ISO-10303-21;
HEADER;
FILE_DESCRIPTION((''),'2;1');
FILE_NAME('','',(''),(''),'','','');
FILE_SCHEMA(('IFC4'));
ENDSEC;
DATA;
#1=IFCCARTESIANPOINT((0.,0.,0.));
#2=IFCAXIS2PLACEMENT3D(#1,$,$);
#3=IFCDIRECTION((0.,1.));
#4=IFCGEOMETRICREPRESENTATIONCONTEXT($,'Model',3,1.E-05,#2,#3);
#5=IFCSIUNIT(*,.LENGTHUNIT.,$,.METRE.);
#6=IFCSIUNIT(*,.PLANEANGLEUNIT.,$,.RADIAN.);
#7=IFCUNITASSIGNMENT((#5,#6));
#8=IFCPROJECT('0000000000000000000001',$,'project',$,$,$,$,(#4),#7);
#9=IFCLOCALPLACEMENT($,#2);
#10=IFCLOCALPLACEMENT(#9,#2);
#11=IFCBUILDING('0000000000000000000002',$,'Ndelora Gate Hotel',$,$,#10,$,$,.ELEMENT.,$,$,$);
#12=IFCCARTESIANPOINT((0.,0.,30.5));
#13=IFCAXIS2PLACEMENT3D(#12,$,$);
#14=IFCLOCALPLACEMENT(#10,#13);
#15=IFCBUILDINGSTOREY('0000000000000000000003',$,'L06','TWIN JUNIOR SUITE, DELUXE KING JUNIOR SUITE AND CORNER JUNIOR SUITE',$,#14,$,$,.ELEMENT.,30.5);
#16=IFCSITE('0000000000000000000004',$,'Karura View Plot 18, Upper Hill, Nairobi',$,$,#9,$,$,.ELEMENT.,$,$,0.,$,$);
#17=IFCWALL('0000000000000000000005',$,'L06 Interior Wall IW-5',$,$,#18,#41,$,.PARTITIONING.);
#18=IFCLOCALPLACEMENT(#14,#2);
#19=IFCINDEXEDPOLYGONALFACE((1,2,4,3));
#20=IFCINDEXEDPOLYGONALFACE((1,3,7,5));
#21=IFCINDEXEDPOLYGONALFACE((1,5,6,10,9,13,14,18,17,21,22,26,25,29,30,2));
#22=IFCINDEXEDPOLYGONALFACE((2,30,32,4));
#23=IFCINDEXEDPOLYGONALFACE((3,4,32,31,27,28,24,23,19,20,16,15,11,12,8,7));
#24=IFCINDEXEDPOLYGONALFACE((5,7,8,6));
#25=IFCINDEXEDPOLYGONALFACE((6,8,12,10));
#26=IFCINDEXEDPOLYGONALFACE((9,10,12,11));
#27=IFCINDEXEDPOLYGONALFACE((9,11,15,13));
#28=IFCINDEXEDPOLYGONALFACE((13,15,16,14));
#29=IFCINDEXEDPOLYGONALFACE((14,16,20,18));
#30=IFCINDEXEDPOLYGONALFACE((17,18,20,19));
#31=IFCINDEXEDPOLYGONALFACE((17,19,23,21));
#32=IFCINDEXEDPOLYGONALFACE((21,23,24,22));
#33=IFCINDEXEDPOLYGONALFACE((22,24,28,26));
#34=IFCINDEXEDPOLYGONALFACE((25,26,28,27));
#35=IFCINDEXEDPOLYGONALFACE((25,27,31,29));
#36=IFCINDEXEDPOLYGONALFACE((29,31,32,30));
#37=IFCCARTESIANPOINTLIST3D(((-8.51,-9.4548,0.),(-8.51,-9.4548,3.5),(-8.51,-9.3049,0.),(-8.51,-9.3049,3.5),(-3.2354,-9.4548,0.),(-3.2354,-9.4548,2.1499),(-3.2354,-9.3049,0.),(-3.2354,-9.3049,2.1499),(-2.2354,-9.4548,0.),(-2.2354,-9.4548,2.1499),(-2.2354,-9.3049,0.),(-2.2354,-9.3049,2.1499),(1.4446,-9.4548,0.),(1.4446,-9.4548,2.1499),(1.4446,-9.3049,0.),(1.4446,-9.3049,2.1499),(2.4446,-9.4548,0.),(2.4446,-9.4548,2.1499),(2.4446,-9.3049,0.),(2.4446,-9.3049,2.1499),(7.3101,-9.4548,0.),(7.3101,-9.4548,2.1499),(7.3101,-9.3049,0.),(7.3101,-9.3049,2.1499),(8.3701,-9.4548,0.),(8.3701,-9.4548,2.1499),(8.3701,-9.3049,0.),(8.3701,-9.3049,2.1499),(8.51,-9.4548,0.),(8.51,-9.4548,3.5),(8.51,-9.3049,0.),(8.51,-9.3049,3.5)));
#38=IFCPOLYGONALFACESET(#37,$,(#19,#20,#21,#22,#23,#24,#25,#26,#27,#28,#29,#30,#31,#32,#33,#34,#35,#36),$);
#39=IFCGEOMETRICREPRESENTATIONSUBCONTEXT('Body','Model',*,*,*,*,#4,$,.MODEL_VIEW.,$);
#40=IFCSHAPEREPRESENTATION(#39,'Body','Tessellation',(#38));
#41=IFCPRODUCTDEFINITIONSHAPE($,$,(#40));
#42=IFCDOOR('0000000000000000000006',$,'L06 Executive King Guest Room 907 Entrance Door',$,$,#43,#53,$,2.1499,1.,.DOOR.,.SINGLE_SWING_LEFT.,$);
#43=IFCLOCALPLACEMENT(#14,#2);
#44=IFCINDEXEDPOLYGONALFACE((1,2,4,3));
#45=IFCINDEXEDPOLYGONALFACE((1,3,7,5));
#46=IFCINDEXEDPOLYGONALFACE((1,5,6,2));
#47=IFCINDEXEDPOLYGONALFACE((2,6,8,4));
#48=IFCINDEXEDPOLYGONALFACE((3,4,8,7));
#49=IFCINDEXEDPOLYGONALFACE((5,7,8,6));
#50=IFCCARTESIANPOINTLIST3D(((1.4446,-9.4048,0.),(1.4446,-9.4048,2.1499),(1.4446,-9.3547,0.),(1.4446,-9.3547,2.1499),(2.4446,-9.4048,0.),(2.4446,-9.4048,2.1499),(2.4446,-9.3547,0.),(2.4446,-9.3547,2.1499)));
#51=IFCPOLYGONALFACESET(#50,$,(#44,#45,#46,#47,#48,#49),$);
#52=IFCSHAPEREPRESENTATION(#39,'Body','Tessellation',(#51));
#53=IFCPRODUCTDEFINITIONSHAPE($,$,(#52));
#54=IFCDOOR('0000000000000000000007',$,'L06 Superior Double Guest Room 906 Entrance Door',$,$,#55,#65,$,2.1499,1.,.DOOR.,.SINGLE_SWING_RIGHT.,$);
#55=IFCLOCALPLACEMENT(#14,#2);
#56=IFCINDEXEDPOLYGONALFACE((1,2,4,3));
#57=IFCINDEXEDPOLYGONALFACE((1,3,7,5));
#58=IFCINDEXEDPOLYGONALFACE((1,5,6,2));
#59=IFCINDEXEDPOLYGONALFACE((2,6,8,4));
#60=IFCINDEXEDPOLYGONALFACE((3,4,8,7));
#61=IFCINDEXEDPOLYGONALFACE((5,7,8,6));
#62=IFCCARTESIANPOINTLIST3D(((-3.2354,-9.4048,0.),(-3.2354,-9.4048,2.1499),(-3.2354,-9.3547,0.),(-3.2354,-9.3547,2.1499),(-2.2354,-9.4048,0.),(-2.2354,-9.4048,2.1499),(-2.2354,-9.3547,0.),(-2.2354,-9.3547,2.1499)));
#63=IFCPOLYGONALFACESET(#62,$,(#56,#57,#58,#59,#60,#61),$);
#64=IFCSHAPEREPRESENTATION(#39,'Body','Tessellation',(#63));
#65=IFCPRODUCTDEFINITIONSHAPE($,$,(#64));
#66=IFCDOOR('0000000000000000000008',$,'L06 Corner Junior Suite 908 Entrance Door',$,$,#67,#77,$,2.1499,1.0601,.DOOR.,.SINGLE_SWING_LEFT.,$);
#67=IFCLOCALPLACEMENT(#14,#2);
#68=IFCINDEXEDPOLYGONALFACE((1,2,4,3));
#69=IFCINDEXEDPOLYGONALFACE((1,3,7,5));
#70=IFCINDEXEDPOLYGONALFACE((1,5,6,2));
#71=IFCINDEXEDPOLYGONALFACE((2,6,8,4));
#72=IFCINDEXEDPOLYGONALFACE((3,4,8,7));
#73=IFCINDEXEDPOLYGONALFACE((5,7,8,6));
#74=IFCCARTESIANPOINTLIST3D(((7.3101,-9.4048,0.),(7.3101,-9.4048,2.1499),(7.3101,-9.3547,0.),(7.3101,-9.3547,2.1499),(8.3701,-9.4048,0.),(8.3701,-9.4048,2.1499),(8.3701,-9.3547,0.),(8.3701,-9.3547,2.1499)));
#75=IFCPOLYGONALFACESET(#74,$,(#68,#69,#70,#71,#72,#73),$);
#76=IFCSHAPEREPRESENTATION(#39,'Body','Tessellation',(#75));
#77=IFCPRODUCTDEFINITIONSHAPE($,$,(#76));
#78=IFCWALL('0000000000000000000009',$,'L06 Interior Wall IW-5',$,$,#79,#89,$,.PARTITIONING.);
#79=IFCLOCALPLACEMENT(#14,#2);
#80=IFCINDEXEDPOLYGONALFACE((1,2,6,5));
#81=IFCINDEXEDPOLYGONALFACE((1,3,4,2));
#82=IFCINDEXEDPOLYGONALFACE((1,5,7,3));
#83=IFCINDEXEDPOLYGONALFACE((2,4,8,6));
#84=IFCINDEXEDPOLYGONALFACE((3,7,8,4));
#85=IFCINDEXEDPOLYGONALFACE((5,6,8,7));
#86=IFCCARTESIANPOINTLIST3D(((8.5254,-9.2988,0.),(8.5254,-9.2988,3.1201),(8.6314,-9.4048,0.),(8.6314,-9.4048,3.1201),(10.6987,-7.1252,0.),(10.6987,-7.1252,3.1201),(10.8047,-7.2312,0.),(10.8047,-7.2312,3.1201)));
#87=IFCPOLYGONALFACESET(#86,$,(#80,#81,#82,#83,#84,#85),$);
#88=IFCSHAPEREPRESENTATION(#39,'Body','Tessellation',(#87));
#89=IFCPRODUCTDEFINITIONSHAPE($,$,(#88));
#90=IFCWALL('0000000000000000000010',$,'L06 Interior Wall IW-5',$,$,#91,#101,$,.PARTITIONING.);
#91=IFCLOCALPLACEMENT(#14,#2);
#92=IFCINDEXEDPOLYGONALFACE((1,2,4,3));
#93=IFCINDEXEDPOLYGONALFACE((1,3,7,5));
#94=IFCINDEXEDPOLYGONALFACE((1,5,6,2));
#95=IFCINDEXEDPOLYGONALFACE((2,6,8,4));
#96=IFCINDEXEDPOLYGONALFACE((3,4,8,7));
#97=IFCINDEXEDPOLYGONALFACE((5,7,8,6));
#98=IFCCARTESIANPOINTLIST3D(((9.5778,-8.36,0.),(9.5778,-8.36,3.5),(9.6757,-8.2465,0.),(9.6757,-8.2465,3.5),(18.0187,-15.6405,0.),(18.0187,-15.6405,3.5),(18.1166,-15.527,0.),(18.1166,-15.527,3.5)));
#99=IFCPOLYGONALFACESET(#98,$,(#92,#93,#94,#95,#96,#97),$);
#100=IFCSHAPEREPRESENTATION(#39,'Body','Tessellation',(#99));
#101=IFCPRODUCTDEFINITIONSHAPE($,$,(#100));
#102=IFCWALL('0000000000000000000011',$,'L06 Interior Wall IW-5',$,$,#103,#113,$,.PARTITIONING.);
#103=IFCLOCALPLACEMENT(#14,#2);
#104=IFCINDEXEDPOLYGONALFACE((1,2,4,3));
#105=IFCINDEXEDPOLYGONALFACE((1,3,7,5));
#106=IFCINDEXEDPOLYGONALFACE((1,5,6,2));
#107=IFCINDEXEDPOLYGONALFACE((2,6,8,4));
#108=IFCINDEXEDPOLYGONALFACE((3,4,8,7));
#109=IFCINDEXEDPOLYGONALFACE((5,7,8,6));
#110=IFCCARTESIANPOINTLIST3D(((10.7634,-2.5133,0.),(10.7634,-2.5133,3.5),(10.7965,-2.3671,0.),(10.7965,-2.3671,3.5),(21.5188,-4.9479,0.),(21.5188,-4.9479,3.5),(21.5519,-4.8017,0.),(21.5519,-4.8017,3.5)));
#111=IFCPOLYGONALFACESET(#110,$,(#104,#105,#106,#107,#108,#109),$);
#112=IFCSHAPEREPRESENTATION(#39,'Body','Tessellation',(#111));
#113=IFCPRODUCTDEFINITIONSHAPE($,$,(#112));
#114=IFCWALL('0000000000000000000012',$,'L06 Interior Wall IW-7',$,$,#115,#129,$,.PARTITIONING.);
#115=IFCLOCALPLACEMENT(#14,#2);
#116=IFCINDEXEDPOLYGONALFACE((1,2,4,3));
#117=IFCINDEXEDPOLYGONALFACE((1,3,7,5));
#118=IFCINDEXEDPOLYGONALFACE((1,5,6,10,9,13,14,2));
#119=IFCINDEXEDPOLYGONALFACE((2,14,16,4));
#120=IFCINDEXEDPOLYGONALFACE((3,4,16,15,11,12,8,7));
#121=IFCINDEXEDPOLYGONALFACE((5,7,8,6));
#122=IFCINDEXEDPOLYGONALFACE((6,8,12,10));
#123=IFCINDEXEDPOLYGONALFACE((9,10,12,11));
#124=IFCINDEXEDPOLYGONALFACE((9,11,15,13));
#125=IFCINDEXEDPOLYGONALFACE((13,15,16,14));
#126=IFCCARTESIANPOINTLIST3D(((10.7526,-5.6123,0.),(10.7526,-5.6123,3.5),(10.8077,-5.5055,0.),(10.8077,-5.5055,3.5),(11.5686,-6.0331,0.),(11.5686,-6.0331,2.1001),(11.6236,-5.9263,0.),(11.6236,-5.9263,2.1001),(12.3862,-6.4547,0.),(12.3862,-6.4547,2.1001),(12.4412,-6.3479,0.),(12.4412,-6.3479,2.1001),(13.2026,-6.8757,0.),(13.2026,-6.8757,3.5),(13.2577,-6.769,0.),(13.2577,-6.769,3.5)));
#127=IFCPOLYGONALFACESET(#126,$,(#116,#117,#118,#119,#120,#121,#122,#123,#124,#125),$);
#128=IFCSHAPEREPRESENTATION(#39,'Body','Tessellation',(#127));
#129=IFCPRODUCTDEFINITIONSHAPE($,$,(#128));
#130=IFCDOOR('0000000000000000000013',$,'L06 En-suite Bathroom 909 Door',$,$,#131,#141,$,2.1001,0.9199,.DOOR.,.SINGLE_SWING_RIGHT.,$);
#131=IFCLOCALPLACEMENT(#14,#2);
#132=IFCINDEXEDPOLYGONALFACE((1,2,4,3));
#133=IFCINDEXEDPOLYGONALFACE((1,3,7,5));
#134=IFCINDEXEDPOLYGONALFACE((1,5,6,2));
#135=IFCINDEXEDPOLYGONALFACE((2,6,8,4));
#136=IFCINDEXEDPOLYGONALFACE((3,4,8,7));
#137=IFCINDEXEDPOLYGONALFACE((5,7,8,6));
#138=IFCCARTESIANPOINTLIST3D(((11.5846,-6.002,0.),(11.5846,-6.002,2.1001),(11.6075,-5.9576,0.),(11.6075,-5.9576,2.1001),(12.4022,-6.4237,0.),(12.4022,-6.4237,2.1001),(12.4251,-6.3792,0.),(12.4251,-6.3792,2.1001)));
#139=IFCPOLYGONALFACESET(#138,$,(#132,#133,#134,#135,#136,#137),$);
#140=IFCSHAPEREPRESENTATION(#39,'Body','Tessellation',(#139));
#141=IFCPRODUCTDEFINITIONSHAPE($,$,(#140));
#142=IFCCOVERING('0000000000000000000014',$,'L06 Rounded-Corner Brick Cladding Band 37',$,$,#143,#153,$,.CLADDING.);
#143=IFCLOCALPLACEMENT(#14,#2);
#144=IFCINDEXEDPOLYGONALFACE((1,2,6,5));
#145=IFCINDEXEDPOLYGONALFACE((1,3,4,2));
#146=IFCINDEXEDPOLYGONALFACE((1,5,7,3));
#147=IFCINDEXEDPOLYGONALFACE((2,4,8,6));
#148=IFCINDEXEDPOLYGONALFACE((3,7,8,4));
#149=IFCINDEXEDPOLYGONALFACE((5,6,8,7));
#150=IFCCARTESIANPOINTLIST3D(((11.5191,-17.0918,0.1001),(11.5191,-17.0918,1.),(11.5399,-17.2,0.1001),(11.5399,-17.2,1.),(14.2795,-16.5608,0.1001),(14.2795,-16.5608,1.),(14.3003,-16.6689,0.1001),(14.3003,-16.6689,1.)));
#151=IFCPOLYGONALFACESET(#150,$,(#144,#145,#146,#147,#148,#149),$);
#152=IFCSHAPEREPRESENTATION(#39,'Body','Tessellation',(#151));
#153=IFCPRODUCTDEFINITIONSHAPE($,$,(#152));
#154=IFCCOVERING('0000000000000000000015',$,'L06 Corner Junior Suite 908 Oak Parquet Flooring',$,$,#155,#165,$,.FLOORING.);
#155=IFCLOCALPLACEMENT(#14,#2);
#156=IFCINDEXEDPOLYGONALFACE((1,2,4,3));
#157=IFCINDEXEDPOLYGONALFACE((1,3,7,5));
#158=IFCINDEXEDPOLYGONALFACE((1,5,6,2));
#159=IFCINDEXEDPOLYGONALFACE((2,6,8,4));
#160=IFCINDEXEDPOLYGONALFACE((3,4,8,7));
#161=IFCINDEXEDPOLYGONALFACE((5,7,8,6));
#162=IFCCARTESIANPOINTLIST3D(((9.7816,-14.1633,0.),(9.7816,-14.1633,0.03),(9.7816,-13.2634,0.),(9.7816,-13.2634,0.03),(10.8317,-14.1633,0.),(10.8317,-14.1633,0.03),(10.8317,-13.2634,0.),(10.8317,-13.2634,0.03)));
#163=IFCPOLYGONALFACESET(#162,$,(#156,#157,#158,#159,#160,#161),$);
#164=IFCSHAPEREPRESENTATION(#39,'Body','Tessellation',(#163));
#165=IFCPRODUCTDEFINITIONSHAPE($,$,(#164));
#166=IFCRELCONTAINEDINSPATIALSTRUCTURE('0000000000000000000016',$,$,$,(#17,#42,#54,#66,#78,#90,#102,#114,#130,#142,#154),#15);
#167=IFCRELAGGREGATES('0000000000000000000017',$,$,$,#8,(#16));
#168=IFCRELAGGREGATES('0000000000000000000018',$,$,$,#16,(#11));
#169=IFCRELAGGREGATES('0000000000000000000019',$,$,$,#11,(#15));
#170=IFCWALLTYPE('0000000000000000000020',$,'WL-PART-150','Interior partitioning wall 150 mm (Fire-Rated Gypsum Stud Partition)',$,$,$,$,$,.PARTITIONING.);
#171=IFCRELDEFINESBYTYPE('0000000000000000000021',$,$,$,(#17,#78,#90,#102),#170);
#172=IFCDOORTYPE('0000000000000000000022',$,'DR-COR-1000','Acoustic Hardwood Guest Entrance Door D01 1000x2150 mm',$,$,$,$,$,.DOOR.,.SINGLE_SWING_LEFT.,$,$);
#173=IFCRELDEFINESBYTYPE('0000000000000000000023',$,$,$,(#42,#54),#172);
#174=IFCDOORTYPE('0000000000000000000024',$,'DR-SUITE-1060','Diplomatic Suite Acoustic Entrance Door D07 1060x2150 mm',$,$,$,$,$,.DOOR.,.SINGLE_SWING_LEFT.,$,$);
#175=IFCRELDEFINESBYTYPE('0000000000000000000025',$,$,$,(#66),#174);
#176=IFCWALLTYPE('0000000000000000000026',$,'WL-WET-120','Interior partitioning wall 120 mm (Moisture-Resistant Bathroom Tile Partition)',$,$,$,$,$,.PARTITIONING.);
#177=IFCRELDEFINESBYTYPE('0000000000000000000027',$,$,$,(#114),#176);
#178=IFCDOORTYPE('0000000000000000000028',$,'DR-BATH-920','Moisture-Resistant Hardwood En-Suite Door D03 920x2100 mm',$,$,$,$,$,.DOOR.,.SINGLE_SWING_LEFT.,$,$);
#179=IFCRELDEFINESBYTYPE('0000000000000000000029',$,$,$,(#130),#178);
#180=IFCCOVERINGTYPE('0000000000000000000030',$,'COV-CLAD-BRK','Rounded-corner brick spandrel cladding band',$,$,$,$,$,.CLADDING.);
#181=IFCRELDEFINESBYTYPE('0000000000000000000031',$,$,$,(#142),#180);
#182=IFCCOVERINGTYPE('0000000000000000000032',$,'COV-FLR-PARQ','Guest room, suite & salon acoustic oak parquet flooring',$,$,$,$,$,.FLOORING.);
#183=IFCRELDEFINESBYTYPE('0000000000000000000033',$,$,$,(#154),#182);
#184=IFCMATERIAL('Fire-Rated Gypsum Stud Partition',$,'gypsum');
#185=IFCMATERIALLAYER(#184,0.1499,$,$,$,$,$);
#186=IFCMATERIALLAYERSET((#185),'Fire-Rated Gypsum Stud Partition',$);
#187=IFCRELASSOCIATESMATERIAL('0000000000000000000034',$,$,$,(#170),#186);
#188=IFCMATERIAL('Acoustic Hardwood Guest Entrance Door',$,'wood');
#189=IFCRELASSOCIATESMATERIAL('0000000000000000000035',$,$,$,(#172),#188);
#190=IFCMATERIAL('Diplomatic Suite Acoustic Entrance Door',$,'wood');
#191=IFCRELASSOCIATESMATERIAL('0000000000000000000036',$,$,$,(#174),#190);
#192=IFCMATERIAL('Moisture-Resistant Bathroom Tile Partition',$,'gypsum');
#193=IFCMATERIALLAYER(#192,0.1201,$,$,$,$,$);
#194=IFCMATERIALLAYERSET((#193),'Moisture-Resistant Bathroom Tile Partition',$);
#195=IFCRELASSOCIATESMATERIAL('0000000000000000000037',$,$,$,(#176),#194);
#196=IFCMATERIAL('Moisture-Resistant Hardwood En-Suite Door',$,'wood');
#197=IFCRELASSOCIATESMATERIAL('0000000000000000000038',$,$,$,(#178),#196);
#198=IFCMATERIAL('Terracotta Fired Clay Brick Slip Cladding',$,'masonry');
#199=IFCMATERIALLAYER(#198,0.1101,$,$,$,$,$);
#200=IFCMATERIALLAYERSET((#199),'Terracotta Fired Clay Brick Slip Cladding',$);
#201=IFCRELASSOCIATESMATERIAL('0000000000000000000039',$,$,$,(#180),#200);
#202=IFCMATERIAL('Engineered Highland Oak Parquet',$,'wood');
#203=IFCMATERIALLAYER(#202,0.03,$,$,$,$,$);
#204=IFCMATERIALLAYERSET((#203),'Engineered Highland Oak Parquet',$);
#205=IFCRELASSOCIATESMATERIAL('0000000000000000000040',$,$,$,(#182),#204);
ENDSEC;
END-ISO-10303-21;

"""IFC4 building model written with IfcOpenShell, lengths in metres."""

from ifc_helpers import new_model, si_unit, direction, frame, frame_2d, origin, origin_2d, place, context, subcontext, project, spatial, rectangle, extrude, material, layer, layer_set, type_object, element, fill, save


model = new_model("IFC4")

# Units and contexts
model_context = context("Model", 3, precision=1e-05, world=origin(), true_north=direction((0.0, 1.0)))
body_context = subcontext(model_context, "Body", "Model", "MODEL_VIEW")
ifc_project = project(units=[si_unit("LENGTHUNIT", "METRE"), si_unit("PLANEANGLEUNIT", "RADIAN")], contexts=[model_context])

# Site, building, storey
site_placement = place(None, origin())
site = spatial("IfcSite", under=ifc_project, at=site_placement, Name="Karura View Plot 18, Upper Hill, Nairobi", CompositionType="ELEMENT", RefElevation=0.0)
building_placement = place(site_placement, origin())
building = spatial("IfcBuilding", under=site, at=building_placement, Name="Ndelora Gate Hotel", CompositionType="ELEMENT")
storey_placement = place(building_placement, frame((0.0, 0.0, 30.5)))
storey = spatial("IfcBuildingStorey", under=building, at=storey_placement, Name="L06", Description="TWIN JUNIOR SUITE, DELUXE KING JUNIOR SUITE AND CORNER JUNIOR SUITE", CompositionType="ELEMENT", Elevation=30.5)

# Wall, openings, doors
ifc_material_1 = material(Name="Fire-Rated Gypsum Stud Partition", Category="gypsum")
ifc_layer_1 = layer(ifc_material_1, 0.1499)
ifc_layer_set_1 = layer_set([ifc_layer_1], Name="Fire-Rated Gypsum Stud Partition")
wall_type_1 = type_object("IfcWallType", Name="WL-PART-150", Description="Interior partitioning wall 150 mm (Fire-Rated Gypsum Stud Partition)", PredefinedType="PARTITIONING", material=ifc_layer_set_1)
wall_1_placement = place(storey_placement, frame((8.51, -9.3799, 0.0), z_axis=(0.0, 0.0, 1.0), x_axis=(-1.0, 0.0, 0.0)))
wall_1 = element("IfcWall", 1, at=wall_1_placement, inside=storey, type_object=wall_type_1, Name="L06 Interior Wall IW-5", PredefinedType="PARTITIONING", context=body_context, shape_type="SweptSolid", body=[
    extrude(rectangle(XDim=17.02, YDim=0.1499, at=frame_2d((8.51, 0.0))), origin(), (0.0, 0.0, 1.0), 3.5),
])
opening_1_placement = place(wall_1_placement, frame((6.0654, 0.0, 0.0)))
opening_1 = element("IfcOpeningElement", 2, at=opening_1_placement, cuts=wall_1, PredefinedType="OPENING", context=body_context, shape_type="SweptSolid", body=[
    extrude(rectangle(XDim=1.0, YDim=2.1499, at=frame_2d((0.5, 1.075))), frame((0.0, 0.085, 0.0), z_axis=(0.0, -1.0, 0.0), x_axis=(1.0, 0.0, 0.0)), (0.0, 0.0, 1.0), 0.1699),
])
opening_2_placement = place(wall_1_placement, frame((10.7454, 0.0, 0.0)))
opening_2 = element("IfcOpeningElement", 3, at=opening_2_placement, cuts=wall_1, PredefinedType="OPENING", context=body_context, shape_type="SweptSolid", body=[
    extrude(rectangle(XDim=1.0, YDim=2.1499, at=frame_2d((0.5, 1.075))), frame((0.0, 0.085, 0.0), z_axis=(0.0, -1.0, 0.0), x_axis=(1.0, 0.0, 0.0)), (0.0, 0.0, 1.0), 0.1699),
])
opening_3_placement = place(wall_1_placement, frame((0.1399, 0.0, 0.0)))
opening_3 = element("IfcOpeningElement", 4, at=opening_3_placement, cuts=wall_1, PredefinedType="OPENING", context=body_context, shape_type="SweptSolid", body=[
    extrude(rectangle(XDim=1.0601, YDim=2.1499, at=frame_2d((0.53, 1.075))), frame((0.0, 0.085, 0.0), z_axis=(0.0, -1.0, 0.0), x_axis=(1.0, 0.0, 0.0)), (0.0, 0.0, 1.0), 0.1699),
])
ifc_material_2 = material(Name="Acoustic Hardwood Guest Entrance Door", Category="wood")
door_type_1 = type_object("IfcDoorType", Name="DR-COR-1000", Description="Acoustic Hardwood Guest Entrance Door D01 1000x2150 mm", OperationType="SINGLE_SWING_LEFT", PredefinedType="DOOR", material=ifc_material_2)
door_1_placement = place(opening_1_placement, origin())
door_1 = element("IfcDoor", 5, at=door_1_placement, inside=storey, type_object=door_type_1, Name="L06 Executive King Guest Room 907 Entrance Door", OperationType="SINGLE_SWING_LEFT", OverallHeight=2.1499, OverallWidth=1.0, PredefinedType="DOOR", context=body_context, shape_type="SweptSolid", body=[
    extrude(rectangle(XDim=1.0, YDim=2.1499, at=frame_2d((0.5, 1.075))), frame((0.0, 0.0249, 0.0), z_axis=(0.0, -1.0, 0.0), x_axis=(1.0, 0.0, 0.0)), (0.0, 0.0, 1.0), 0.05),
])
fill(opening_1, door_1)
door_2_placement = place(opening_2_placement, origin())
door_2 = element("IfcDoor", 6, at=door_2_placement, inside=storey, type_object=door_type_1, Name="L06 Superior Double Guest Room 906 Entrance Door", OperationType="SINGLE_SWING_RIGHT", OverallHeight=2.1499, OverallWidth=1.0, PredefinedType="DOOR", context=body_context, shape_type="SweptSolid", body=[
    extrude(rectangle(XDim=1.0, YDim=2.1499, at=frame_2d((0.5, 1.075))), frame((0.0, 0.0249, 0.0), z_axis=(0.0, -1.0, 0.0), x_axis=(1.0, 0.0, 0.0)), (0.0, 0.0, 1.0), 0.05),
])
fill(opening_2, door_2)
ifc_material_3 = material(Name="Diplomatic Suite Acoustic Entrance Door", Category="wood")
door_type_2 = type_object("IfcDoorType", Name="DR-SUITE-1060", Description="Diplomatic Suite Acoustic Entrance Door D07 1060x2150 mm", OperationType="SINGLE_SWING_LEFT", PredefinedType="DOOR", material=ifc_material_3)
door_3_placement = place(opening_3_placement, origin())
door_3 = element("IfcDoor", 7, at=door_3_placement, inside=storey, type_object=door_type_2, Name="L06 Corner Junior Suite 908 Entrance Door", OperationType="SINGLE_SWING_LEFT", OverallHeight=2.1499, OverallWidth=1.0601, PredefinedType="DOOR", context=body_context, shape_type="SweptSolid", body=[
    extrude(rectangle(XDim=1.0601, YDim=2.1499, at=frame_2d((0.53, 1.075))), frame((0.0, 0.0249, 0.0), z_axis=(0.0, -1.0, 0.0), x_axis=(1.0, 0.0, 0.0)), (0.0, 0.0, 1.0), 0.05),
])
fill(opening_3, door_3)

# Walls
wall_2_placement = place(storey_placement, frame((10.7517, -7.1782, 0.0), z_axis=(0.0, 0.0, 1.0), x_axis=(-0.707067, -0.707146, 0.0)))
element("IfcWall", 8, at=wall_2_placement, inside=storey, type_object=wall_type_1, Name="L06 Interior Wall IW-5", PredefinedType="PARTITIONING", context=body_context, shape_type="SweptSolid", body=[
    extrude(rectangle(XDim=3.0737, YDim=0.1499, at=frame_2d((1.5369, 0.0))), origin(), (0.0, 0.0, 1.0), 3.1201),
])
wall_3_placement = place(storey_placement, frame((9.6267, -8.3032, 0.0), z_axis=(0.0, 0.0, 1.0), x_axis=(0.757238, -0.653138, 0.0)))
element("IfcWall", 9, at=wall_3_placement, inside=storey, type_object=wall_type_1, Name="L06 Interior Wall IW-5", PredefinedType="PARTITIONING", context=body_context, shape_type="SweptSolid", body=[
    extrude(rectangle(XDim=11.147, YDim=0.1499, at=frame_2d((5.5735, 0.0))), origin(), (0.0, 0.0, 1.0), 3.5),
])
wall_4_placement = place(storey_placement, frame((10.78, -2.4402, 0.0), z_axis=(0.0, 0.0, 1.0), x_axis=(0.975325, -0.220773, 0.0)))
element("IfcWall", 10, at=wall_4_placement, inside=storey, type_object=wall_type_1, Name="L06 Interior Wall IW-5", PredefinedType="PARTITIONING", context=body_context, shape_type="SweptSolid", body=[
    extrude(rectangle(XDim=11.0276, YDim=0.1499, at=frame_2d((5.5137, 0.0))), origin(), (0.0, 0.0, 1.0), 3.5),
])

# Wall, opening, door
ifc_material_4 = material(Name="Moisture-Resistant Bathroom Tile Partition", Category="gypsum")
ifc_layer_2 = layer(ifc_material_4, 0.1201)
ifc_layer_set_2 = layer_set([ifc_layer_2], Name="Moisture-Resistant Bathroom Tile Partition")
wall_type_2 = type_object("IfcWallType", Name="WL-WET-120", Description="Interior partitioning wall 120 mm (Moisture-Resistant Bathroom Tile Partition)", PredefinedType="PARTITIONING", material=ifc_layer_set_2)
wall_5_placement = place(storey_placement, frame((10.78, -5.5588, 0.0), z_axis=(0.0, 0.0, 1.0), x_axis=(0.888778, -0.458338, 0.0)))
wall_5 = element("IfcWall", 11, at=wall_5_placement, inside=storey, type_object=wall_type_2, Name="L06 Interior Wall IW-7", PredefinedType="PARTITIONING", context=body_context, shape_type="SweptSolid", body=[
    extrude(rectangle(XDim=2.7566, YDim=0.1201, at=frame_2d((1.3784, 0.0))), origin(), (0.0, 0.0, 1.0), 3.5),
])
opening_4_placement = place(wall_5_placement, frame((0.9182, 0.0, 0.0)))
opening_4 = element("IfcOpeningElement", 12, at=opening_4_placement, cuts=wall_5, PredefinedType="OPENING", context=body_context, shape_type="SweptSolid", body=[
    extrude(rectangle(XDim=0.9199, YDim=2.1001, at=frame_2d((0.46, 1.05))), frame((0.0, 0.0701, 0.0), z_axis=(0.0, -1.0, 0.0), x_axis=(1.0, 0.0, 0.0)), (0.0, 0.0, 1.0), 0.1401),
])
ifc_material_5 = material(Name="Moisture-Resistant Hardwood En-Suite Door", Category="wood")
door_type_3 = type_object("IfcDoorType", Name="DR-BATH-920", Description="Moisture-Resistant Hardwood En-Suite Door D03 920x2100 mm", OperationType="SINGLE_SWING_LEFT", PredefinedType="DOOR", material=ifc_material_5)
door_4_placement = place(opening_4_placement, origin())
door_4 = element("IfcDoor", 13, at=door_4_placement, inside=storey, type_object=door_type_3, Name="L06 En-suite Bathroom 909 Door", OperationType="SINGLE_SWING_RIGHT", OverallHeight=2.1001, OverallWidth=0.9199, PredefinedType="DOOR", context=body_context, shape_type="SweptSolid", body=[
    extrude(rectangle(XDim=0.9199, YDim=2.1001, at=frame_2d((0.46, 1.05))), frame((0.0, 0.0249, 0.0), z_axis=(0.0, -1.0, 0.0), x_axis=(1.0, 0.0, 0.0)), (0.0, 0.0, 1.0), 0.05),
])
fill(opening_4, door_4)

# Coverings
ifc_material_6 = material(Name="Terracotta Fired Clay Brick Slip Cladding", Category="masonry")
ifc_layer_3 = layer(ifc_material_6, 0.1101)
ifc_layer_set_3 = layer_set([ifc_layer_3], Name="Terracotta Fired Clay Brick Slip Cladding")
covering_type_1 = type_object("IfcCoveringType", Name="COV-CLAD-BRK", Description="Rounded-corner brick spandrel cladding band", PredefinedType="CLADDING", material=ifc_layer_set_3)
covering_1_placement = place(storey_placement, frame((12.9097, -16.8804, 0.1001), z_axis=(0.0, 0.0, 1.0), x_axis=(0.981992, 0.188924, 0.0)))
element("IfcCovering", 14, at=covering_1_placement, inside=storey, type_object=covering_type_1, Name="L06 Rounded-Corner Brick Cladding Band 37", PredefinedType="CLADDING", context=body_context, shape_type="SweptSolid", body=[
    extrude(rectangle(XDim=2.811, YDim=0.1101, at=origin_2d()), origin(), (0.0, 0.0, 1.0), 0.8999),
])
ifc_material_7 = material(Name="Engineered Highland Oak Parquet", Category="wood")
ifc_layer_4 = layer(ifc_material_7, 0.03)
ifc_layer_set_4 = layer_set([ifc_layer_4], Name="Engineered Highland Oak Parquet")
covering_type_2 = type_object("IfcCoveringType", Name="COV-FLR-PARQ", Description="Guest room, suite & salon acoustic oak parquet flooring", PredefinedType="FLOORING", material=ifc_layer_set_4)
covering_2_placement = place(storey_placement, frame((10.3066, -13.7134, 0.0), z_axis=(0.0, 0.0, 1.0), x_axis=(1.0, 0.0, 0.0)))
element("IfcCovering", 15, at=covering_2_placement, inside=storey, type_object=covering_type_2, Name="L06 Corner Junior Suite 908 Oak Parquet Flooring", PredefinedType="FLOORING", context=body_context, shape_type="SweptSolid", body=[
    extrude(rectangle(XDim=1.05, YDim=0.8999, at=origin_2d()), origin(), (0.0, 0.0, 1.0), 0.03),
])

save(model, "model.ifc")
